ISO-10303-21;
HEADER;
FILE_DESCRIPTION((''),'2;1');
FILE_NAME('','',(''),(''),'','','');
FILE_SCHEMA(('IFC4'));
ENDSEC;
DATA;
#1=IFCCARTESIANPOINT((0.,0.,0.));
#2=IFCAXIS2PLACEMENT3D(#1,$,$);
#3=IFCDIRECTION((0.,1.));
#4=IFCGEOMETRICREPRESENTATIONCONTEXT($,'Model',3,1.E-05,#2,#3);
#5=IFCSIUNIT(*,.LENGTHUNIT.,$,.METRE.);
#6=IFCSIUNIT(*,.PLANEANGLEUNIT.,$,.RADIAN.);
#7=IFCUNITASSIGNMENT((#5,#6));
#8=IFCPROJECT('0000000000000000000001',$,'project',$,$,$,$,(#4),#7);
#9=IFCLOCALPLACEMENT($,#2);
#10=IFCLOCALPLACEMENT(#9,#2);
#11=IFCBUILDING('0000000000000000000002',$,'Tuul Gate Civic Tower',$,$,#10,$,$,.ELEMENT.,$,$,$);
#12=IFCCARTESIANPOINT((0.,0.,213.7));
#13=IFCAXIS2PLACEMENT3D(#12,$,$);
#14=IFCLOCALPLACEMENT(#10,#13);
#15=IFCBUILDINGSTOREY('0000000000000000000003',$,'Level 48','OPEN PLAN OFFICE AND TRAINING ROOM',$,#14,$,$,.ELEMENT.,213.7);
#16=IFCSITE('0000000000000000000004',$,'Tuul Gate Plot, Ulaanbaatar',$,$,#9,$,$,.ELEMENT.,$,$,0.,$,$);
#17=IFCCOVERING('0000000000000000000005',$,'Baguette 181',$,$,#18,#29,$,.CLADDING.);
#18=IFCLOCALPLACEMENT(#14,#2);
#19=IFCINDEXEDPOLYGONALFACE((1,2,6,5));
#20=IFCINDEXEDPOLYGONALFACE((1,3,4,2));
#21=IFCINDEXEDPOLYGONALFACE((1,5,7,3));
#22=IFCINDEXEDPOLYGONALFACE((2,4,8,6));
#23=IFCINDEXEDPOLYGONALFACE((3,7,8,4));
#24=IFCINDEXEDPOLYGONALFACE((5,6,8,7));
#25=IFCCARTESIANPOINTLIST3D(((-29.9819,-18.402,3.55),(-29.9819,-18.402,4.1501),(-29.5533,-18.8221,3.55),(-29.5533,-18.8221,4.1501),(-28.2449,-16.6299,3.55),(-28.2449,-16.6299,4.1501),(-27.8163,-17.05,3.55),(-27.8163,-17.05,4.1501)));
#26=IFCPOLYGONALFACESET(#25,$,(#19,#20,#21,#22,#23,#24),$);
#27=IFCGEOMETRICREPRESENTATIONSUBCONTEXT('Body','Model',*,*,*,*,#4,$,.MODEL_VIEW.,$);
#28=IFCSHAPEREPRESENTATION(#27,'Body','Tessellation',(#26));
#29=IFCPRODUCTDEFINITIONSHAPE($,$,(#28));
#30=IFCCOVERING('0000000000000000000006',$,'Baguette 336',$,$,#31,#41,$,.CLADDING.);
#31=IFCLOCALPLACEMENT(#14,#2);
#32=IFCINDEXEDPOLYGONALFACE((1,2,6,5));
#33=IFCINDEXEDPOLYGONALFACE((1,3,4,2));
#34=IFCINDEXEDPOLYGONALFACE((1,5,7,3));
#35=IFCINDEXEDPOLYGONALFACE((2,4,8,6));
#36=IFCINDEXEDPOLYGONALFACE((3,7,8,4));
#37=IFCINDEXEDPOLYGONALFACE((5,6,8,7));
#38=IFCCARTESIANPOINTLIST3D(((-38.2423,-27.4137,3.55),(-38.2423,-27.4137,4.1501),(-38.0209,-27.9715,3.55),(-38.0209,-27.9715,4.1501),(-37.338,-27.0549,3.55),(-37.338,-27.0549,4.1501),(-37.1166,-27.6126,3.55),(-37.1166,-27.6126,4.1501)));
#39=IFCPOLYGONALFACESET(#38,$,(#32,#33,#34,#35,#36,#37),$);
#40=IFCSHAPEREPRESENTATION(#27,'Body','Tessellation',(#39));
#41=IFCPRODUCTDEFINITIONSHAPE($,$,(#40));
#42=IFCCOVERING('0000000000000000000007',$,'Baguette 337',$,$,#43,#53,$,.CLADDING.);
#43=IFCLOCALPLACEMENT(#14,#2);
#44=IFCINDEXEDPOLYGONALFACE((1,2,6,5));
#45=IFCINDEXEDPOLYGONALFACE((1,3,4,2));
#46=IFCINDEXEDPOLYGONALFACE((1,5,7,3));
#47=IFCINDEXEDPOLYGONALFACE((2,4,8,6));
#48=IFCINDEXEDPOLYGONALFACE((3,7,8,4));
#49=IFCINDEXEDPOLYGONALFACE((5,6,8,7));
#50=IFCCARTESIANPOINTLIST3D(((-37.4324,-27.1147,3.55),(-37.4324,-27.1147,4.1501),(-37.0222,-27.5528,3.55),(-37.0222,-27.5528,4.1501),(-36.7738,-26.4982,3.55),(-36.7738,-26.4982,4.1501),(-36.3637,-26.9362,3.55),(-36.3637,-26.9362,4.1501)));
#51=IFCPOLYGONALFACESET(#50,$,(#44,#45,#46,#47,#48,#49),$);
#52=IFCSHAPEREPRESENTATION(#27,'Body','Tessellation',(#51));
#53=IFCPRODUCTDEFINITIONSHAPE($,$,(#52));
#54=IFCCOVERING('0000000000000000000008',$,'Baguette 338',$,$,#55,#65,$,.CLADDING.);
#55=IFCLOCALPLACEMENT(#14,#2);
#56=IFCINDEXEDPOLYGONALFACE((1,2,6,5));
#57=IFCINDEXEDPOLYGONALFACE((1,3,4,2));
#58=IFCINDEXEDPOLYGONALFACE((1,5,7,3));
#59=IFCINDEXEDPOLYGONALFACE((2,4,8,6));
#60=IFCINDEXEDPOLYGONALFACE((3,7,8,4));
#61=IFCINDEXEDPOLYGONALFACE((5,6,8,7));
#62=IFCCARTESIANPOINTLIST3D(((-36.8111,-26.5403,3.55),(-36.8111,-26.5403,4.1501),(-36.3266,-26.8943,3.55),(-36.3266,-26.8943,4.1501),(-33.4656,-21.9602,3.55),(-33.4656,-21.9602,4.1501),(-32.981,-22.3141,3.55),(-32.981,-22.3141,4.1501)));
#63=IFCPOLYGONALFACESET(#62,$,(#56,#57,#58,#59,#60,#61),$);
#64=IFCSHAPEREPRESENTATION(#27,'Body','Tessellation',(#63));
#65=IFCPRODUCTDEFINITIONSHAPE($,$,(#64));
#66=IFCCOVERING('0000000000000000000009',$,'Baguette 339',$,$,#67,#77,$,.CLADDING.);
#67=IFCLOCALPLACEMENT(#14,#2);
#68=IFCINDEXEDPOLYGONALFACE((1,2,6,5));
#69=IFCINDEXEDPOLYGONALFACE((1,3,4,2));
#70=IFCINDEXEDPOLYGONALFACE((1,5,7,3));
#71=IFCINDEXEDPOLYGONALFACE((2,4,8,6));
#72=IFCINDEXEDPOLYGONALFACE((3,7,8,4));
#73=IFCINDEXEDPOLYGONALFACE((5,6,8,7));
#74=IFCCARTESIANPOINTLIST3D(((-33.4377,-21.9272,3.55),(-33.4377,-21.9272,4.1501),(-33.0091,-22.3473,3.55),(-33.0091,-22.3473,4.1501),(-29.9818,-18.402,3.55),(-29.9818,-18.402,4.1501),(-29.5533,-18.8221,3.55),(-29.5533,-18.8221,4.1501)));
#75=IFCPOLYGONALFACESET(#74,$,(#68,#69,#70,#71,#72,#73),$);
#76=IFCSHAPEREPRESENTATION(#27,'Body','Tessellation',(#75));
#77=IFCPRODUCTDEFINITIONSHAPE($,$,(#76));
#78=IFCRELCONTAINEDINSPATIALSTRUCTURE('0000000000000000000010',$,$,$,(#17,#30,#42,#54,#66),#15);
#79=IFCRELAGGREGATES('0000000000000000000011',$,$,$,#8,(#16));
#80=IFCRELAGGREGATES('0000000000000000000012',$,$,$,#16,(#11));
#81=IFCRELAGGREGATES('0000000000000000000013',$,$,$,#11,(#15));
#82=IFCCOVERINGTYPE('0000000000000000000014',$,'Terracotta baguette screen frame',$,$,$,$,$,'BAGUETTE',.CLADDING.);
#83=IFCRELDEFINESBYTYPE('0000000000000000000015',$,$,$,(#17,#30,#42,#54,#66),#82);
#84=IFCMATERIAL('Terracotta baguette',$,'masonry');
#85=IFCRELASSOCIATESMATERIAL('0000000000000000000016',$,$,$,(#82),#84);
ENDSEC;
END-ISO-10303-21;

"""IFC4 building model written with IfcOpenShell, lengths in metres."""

from ifc_helpers import new_model, si_unit, direction, frame, origin, origin_2d, place, context, subcontext, project, spatial, rectangle, extrude, material, material_profile, profile_set, type_object, element, save


model = new_model("IFC4")

# Units and contexts
model_context = context("Model", 3, precision=1e-05, world=origin(), true_north=direction((0.0, 1.0)))
body_context = subcontext(model_context, "Body", "Model", "MODEL_VIEW")
ifc_project = project(units=[si_unit("LENGTHUNIT", "METRE"), si_unit("PLANEANGLEUNIT", "RADIAN")], contexts=[model_context])

# Site, building, storey
site_placement = place(None, origin())
site = spatial("IfcSite", under=ifc_project, at=site_placement, Name="Tuul Gate Plot, Ulaanbaatar", CompositionType="ELEMENT", RefElevation=0.0)
building_placement = place(site_placement, origin())
building = spatial("IfcBuilding", under=site, at=building_placement, Name="Tuul Gate Civic Tower", CompositionType="ELEMENT")
storey_placement = place(building_placement, frame((0.0, 0.0, 213.7)))
storey = spatial("IfcBuildingStorey", under=building, at=storey_placement, Name="Level 48", Description="OPEN PLAN OFFICE AND TRAINING ROOM", CompositionType="ELEMENT", Elevation=213.7)

# Coverings
ifc_material_1 = material(Name="Terracotta baguette", Category="masonry")
ifc_material_profile_1 = material_profile(ifc_material_1, rectangle(XDim=0.6001, YDim=0.6001, at=origin_2d()), Name="Terracotta baguette screen frame")
ifc_profile_set_1 = profile_set([ifc_material_profile_1], Name="Terracotta baguette")
covering_type = type_object("IfcCoveringType", Name="Terracotta baguette screen frame", ElementType="BAGUETTE", PredefinedType="CLADDING", material=ifc_profile_set_1)
covering_1_placement = place(storey_placement, frame((-29.7676, -18.6121, 3.8501), z_axis=(0.699988, 0.714155, 0.0), x_axis=(-0.714155, 0.699988, 0.0)))
element("IfcCovering", 1, at=covering_1_placement, inside=storey, type_object=covering_type, Name="Baguette 181", PredefinedType="CLADDING", context=body_context, shape_type="SweptSolid", body=[
    extrude(rectangle(XDim=0.6001, YDim=0.6001, at=origin_2d()), origin(), (0.0, 0.0, 1.0), 2.4814),
])
covering_2_placement = place(storey_placement, frame((-38.1316, -27.6926, 3.8501), z_axis=(0.929477, 0.36888, 0.0), x_axis=(-0.36888, 0.929477, 0.0)))
element("IfcCovering", 2, at=covering_2_placement, inside=storey, type_object=covering_type, Name="Baguette 336", PredefinedType="CLADDING", context=body_context, shape_type="SweptSolid", body=[
    extrude(rectangle(XDim=0.6001, YDim=0.6001, at=origin_2d()), origin(), (0.0, 0.0, 1.0), 0.9729),
])
covering_3_placement = place(storey_placement, frame((-37.2273, -27.3337, 3.8501), z_axis=(0.730001, 0.683446, 0.0), x_axis=(-0.683446, 0.730001, 0.0)))
element("IfcCovering", 3, at=covering_3_placement, inside=storey, type_object=covering_type, Name="Baguette 337", PredefinedType="CLADDING", context=body_context, shape_type="SweptSolid", body=[
    extrude(rectangle(XDim=0.6001, YDim=0.6001, at=origin_2d()), origin(), (0.0, 0.0, 1.0), 0.9021),
])
covering_4_placement = place(storey_placement, frame((-36.5688, -26.7173, 3.8501), z_axis=(0.589842, 0.807519, 0.0), x_axis=(-0.807519, 0.589842, 0.0)))
element("IfcCovering", 4, at=covering_4_placement, inside=storey, type_object=covering_type, Name="Baguette 338", PredefinedType="CLADDING", context=body_context, shape_type="SweptSolid", body=[
    extrude(rectangle(XDim=0.6001, YDim=0.6001, at=origin_2d()), origin(), (0.0, 0.0, 1.0), 5.6719),
])
covering_5_placement = place(storey_placement, frame((-33.2234, -22.1372, 3.8501), z_axis=(0.700049, 0.714095, 0.0), x_axis=(-0.714095, 0.700049, 0.0)))
element("IfcCovering", 5, at=covering_5_placement, inside=storey, type_object=covering_type, Name="Baguette 339", PredefinedType="CLADDING", context=body_context, shape_type="SweptSolid", body=[
    extrude(rectangle(XDim=0.6001, YDim=0.6001, at=origin_2d()), origin(), (0.0, 0.0, 1.0), 4.9365),
])

save(model, "model.ifc")
